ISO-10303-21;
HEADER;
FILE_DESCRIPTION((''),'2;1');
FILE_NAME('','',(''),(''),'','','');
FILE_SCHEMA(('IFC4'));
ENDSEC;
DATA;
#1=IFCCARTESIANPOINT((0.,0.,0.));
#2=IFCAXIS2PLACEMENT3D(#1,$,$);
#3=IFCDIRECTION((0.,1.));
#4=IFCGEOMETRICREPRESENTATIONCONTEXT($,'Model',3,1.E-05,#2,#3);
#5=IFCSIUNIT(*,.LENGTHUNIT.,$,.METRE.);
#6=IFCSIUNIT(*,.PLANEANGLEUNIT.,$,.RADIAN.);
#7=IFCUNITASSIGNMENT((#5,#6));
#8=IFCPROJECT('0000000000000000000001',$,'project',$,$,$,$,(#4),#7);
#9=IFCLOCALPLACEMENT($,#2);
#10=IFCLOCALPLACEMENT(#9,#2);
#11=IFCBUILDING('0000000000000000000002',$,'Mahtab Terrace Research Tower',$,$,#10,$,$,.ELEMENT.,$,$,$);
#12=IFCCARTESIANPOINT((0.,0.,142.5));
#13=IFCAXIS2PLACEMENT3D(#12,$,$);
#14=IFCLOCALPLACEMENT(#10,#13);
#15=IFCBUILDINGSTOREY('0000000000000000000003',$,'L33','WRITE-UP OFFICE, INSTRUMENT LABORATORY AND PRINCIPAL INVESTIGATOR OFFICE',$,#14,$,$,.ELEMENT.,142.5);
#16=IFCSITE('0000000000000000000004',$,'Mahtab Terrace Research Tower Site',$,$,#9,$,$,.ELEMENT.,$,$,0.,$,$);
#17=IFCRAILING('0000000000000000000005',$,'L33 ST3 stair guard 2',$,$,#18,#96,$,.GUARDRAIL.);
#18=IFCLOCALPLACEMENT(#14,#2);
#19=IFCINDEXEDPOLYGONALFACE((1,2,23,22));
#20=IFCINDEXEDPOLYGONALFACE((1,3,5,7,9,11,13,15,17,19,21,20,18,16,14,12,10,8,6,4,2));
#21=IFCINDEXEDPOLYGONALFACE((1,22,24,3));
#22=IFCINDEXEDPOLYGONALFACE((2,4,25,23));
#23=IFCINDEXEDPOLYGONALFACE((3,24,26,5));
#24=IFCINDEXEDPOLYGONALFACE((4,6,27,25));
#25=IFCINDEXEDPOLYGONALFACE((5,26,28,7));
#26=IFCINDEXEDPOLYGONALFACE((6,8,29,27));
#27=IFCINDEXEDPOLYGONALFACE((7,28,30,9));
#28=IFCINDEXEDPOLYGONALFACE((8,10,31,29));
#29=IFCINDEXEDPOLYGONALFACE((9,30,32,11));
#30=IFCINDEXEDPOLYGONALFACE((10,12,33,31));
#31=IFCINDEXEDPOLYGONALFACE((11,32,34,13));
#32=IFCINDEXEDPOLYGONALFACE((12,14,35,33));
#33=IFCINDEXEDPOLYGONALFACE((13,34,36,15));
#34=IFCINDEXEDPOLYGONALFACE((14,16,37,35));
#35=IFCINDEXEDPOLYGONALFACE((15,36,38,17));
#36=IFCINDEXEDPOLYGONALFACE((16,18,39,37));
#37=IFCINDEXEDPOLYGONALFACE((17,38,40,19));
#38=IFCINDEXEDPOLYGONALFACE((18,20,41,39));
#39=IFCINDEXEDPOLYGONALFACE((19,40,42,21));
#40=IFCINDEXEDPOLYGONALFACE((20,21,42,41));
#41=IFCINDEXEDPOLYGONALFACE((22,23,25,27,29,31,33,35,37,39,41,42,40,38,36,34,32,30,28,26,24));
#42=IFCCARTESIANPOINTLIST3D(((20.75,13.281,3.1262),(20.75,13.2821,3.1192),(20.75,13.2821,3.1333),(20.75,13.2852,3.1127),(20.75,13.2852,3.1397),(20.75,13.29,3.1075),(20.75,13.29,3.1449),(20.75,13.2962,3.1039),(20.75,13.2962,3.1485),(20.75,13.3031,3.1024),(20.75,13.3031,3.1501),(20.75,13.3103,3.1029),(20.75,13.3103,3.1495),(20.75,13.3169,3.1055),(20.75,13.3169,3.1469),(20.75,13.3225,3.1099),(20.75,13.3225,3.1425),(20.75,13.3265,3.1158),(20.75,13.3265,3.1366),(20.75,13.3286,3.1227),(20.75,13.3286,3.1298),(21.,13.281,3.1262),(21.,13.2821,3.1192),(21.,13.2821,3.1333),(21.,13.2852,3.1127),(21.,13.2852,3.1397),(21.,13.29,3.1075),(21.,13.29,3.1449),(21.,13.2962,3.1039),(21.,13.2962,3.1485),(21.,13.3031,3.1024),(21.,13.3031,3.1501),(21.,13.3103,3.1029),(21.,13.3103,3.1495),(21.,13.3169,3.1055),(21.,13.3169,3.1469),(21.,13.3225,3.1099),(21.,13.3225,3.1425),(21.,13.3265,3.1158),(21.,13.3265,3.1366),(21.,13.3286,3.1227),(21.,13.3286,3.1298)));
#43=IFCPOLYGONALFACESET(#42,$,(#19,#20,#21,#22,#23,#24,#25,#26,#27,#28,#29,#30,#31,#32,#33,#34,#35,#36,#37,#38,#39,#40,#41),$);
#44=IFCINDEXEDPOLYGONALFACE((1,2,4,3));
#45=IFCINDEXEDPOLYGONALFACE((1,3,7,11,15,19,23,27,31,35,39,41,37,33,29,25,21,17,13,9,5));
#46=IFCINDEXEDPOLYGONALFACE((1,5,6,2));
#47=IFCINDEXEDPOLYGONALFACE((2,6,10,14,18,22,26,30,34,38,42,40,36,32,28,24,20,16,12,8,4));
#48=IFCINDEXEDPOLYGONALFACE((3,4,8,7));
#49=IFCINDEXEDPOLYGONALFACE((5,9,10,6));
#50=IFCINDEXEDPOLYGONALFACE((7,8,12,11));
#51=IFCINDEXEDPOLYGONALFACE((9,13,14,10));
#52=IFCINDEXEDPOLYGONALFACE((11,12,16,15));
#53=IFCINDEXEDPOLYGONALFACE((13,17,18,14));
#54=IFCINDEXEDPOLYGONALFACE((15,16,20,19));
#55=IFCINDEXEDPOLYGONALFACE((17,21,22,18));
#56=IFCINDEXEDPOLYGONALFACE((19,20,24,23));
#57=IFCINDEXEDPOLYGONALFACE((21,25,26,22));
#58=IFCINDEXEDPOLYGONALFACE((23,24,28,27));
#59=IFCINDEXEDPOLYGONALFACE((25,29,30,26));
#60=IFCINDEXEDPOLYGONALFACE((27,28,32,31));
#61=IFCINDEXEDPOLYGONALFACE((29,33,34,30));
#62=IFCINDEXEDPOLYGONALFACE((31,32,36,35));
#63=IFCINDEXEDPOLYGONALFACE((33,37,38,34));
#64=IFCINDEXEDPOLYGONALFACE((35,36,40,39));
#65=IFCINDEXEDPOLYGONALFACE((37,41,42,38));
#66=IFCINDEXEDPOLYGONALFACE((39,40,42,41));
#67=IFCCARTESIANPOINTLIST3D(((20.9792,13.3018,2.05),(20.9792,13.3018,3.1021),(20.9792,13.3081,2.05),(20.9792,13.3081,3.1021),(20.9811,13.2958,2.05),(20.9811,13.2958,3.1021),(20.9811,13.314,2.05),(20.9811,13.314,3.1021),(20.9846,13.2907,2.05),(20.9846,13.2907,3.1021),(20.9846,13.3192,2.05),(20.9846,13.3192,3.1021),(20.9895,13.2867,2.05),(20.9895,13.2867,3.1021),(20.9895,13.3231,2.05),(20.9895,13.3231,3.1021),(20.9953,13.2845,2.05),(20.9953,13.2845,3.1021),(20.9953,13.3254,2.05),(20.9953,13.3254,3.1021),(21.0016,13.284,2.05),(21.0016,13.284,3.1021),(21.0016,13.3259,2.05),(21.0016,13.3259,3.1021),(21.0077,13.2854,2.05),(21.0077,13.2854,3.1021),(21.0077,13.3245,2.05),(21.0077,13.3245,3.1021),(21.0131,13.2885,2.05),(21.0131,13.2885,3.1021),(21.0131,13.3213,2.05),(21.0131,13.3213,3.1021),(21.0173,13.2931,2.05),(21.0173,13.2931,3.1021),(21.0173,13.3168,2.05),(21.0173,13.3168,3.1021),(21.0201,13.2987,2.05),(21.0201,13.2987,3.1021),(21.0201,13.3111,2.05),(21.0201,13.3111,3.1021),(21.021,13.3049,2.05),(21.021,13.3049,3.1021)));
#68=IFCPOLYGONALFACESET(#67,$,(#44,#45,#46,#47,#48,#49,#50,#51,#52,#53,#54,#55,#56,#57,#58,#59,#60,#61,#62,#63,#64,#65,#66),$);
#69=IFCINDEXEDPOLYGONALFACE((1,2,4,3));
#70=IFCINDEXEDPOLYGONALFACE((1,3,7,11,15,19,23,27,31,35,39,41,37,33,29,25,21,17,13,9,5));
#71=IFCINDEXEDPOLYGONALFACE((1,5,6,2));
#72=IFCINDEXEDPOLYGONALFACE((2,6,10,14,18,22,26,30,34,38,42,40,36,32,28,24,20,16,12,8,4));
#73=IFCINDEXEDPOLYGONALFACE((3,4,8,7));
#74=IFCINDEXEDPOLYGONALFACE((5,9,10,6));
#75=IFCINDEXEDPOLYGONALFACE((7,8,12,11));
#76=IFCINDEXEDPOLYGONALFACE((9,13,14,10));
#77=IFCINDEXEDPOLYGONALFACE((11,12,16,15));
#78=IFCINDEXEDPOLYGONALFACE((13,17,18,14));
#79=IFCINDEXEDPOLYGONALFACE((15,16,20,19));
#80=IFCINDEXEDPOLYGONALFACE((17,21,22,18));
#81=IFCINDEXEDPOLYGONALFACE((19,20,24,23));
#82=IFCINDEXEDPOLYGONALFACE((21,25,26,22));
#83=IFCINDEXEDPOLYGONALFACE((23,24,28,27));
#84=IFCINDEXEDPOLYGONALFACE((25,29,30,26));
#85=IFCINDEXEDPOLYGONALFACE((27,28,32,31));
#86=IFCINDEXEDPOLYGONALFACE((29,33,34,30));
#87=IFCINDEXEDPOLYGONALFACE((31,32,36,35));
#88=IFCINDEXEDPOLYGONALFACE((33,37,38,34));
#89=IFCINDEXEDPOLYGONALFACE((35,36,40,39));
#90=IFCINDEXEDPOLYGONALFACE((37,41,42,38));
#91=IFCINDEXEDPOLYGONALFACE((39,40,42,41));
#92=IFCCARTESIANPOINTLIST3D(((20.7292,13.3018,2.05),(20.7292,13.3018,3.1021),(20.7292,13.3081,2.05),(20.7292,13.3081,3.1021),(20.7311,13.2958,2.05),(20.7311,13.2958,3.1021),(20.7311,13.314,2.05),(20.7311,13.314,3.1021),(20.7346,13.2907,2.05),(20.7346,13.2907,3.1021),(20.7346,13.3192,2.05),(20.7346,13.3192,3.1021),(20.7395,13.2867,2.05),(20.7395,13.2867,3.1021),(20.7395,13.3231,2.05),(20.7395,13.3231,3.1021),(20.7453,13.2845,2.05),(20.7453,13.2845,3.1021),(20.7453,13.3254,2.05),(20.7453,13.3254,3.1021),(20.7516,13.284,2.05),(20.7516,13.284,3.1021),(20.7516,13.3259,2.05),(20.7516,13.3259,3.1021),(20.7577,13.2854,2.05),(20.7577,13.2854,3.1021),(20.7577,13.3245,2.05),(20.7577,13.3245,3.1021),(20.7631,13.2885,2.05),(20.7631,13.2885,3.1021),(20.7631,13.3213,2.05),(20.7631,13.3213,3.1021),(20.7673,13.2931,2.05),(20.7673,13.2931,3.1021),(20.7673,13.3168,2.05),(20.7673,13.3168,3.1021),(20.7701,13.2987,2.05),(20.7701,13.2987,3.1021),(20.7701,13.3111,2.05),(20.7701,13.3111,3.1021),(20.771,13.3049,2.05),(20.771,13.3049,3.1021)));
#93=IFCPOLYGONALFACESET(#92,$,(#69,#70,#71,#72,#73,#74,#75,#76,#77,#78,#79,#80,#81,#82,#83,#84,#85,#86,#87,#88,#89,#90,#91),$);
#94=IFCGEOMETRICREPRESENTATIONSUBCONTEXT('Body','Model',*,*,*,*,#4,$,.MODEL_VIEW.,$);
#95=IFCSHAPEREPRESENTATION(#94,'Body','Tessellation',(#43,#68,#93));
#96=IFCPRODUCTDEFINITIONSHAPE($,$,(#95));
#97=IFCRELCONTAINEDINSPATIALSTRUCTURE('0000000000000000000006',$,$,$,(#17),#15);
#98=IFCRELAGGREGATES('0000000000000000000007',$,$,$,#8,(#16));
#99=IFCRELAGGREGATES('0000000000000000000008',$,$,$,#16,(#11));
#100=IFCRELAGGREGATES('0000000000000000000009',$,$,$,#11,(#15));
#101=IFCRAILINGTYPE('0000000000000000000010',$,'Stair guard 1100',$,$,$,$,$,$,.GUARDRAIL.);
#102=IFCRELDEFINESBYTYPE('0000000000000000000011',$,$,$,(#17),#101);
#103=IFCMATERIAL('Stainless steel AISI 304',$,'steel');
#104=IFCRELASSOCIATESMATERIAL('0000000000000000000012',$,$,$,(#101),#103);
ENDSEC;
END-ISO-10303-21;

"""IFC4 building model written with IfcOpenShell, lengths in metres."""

from ifc_helpers import new_model, si_unit, direction, frame, origin, origin_2d, place, context, subcontext, project, spatial, circle, extrude, material, type_object, element, save


model = new_model("IFC4")

# Units and contexts
model_context = context("Model", 3, precision=1e-05, world=origin(), true_north=direction((0.0, 1.0)))
body_context = subcontext(model_context, "Body", "Model", "MODEL_VIEW")
ifc_project = project(units=[si_unit("LENGTHUNIT", "METRE"), si_unit("PLANEANGLEUNIT", "RADIAN")], contexts=[model_context])

# Site, building, storey
site_placement = place(None, origin())
site = spatial("IfcSite", under=ifc_project, at=site_placement, Name="Mahtab Terrace Research Tower Site", CompositionType="ELEMENT", RefElevation=0.0)
building_placement = place(site_placement, origin())
building = spatial("IfcBuilding", under=site, at=building_placement, Name="Mahtab Terrace Research Tower", CompositionType="ELEMENT")
storey_placement = place(building_placement, frame((0.0, 0.0, 142.5)))
storey = spatial("IfcBuildingStorey", under=building, at=storey_placement, Name="L33", Description="WRITE-UP OFFICE, INSTRUMENT LABORATORY AND PRINCIPAL INVESTIGATOR OFFICE", CompositionType="ELEMENT", Elevation=142.5)

# Railing
ifc_material_1 = material(Name="Stainless steel AISI 304", Category="steel")
railing_type_1 = type_object("IfcRailingType", Name="Stair guard 1100", PredefinedType="GUARDRAIL", material=ifc_material_1)
railing_1_placement = place(storey_placement, frame((21.0, 13.3049, 2.05)))
element("IfcRailing", 1, at=railing_1_placement, inside=storey, type_object=railing_type_1, Name="L33 ST3 stair guard 2", PredefinedType="GUARDRAIL", context=body_context, shape_type="SweptSolid", body=[
    extrude(circle(Radius=0.0239, at=origin_2d()), frame((0.0, 0.0, 1.0762), z_axis=(-1.0, 0.0, 0.0), x_axis=(0.0, -1.0, 0.0)), (0.0, 0.0, 1.0), 0.25),
    extrude(circle(Radius=0.021, at=origin_2d()), origin(), (0.0, 0.0, 1.0), 1.052),
    extrude(circle(Radius=0.021, at=origin_2d()), frame((-0.25, 0.0, 0.0)), (0.0, 0.0, 1.0), 1.052),
])

save(model, "model.ifc")
